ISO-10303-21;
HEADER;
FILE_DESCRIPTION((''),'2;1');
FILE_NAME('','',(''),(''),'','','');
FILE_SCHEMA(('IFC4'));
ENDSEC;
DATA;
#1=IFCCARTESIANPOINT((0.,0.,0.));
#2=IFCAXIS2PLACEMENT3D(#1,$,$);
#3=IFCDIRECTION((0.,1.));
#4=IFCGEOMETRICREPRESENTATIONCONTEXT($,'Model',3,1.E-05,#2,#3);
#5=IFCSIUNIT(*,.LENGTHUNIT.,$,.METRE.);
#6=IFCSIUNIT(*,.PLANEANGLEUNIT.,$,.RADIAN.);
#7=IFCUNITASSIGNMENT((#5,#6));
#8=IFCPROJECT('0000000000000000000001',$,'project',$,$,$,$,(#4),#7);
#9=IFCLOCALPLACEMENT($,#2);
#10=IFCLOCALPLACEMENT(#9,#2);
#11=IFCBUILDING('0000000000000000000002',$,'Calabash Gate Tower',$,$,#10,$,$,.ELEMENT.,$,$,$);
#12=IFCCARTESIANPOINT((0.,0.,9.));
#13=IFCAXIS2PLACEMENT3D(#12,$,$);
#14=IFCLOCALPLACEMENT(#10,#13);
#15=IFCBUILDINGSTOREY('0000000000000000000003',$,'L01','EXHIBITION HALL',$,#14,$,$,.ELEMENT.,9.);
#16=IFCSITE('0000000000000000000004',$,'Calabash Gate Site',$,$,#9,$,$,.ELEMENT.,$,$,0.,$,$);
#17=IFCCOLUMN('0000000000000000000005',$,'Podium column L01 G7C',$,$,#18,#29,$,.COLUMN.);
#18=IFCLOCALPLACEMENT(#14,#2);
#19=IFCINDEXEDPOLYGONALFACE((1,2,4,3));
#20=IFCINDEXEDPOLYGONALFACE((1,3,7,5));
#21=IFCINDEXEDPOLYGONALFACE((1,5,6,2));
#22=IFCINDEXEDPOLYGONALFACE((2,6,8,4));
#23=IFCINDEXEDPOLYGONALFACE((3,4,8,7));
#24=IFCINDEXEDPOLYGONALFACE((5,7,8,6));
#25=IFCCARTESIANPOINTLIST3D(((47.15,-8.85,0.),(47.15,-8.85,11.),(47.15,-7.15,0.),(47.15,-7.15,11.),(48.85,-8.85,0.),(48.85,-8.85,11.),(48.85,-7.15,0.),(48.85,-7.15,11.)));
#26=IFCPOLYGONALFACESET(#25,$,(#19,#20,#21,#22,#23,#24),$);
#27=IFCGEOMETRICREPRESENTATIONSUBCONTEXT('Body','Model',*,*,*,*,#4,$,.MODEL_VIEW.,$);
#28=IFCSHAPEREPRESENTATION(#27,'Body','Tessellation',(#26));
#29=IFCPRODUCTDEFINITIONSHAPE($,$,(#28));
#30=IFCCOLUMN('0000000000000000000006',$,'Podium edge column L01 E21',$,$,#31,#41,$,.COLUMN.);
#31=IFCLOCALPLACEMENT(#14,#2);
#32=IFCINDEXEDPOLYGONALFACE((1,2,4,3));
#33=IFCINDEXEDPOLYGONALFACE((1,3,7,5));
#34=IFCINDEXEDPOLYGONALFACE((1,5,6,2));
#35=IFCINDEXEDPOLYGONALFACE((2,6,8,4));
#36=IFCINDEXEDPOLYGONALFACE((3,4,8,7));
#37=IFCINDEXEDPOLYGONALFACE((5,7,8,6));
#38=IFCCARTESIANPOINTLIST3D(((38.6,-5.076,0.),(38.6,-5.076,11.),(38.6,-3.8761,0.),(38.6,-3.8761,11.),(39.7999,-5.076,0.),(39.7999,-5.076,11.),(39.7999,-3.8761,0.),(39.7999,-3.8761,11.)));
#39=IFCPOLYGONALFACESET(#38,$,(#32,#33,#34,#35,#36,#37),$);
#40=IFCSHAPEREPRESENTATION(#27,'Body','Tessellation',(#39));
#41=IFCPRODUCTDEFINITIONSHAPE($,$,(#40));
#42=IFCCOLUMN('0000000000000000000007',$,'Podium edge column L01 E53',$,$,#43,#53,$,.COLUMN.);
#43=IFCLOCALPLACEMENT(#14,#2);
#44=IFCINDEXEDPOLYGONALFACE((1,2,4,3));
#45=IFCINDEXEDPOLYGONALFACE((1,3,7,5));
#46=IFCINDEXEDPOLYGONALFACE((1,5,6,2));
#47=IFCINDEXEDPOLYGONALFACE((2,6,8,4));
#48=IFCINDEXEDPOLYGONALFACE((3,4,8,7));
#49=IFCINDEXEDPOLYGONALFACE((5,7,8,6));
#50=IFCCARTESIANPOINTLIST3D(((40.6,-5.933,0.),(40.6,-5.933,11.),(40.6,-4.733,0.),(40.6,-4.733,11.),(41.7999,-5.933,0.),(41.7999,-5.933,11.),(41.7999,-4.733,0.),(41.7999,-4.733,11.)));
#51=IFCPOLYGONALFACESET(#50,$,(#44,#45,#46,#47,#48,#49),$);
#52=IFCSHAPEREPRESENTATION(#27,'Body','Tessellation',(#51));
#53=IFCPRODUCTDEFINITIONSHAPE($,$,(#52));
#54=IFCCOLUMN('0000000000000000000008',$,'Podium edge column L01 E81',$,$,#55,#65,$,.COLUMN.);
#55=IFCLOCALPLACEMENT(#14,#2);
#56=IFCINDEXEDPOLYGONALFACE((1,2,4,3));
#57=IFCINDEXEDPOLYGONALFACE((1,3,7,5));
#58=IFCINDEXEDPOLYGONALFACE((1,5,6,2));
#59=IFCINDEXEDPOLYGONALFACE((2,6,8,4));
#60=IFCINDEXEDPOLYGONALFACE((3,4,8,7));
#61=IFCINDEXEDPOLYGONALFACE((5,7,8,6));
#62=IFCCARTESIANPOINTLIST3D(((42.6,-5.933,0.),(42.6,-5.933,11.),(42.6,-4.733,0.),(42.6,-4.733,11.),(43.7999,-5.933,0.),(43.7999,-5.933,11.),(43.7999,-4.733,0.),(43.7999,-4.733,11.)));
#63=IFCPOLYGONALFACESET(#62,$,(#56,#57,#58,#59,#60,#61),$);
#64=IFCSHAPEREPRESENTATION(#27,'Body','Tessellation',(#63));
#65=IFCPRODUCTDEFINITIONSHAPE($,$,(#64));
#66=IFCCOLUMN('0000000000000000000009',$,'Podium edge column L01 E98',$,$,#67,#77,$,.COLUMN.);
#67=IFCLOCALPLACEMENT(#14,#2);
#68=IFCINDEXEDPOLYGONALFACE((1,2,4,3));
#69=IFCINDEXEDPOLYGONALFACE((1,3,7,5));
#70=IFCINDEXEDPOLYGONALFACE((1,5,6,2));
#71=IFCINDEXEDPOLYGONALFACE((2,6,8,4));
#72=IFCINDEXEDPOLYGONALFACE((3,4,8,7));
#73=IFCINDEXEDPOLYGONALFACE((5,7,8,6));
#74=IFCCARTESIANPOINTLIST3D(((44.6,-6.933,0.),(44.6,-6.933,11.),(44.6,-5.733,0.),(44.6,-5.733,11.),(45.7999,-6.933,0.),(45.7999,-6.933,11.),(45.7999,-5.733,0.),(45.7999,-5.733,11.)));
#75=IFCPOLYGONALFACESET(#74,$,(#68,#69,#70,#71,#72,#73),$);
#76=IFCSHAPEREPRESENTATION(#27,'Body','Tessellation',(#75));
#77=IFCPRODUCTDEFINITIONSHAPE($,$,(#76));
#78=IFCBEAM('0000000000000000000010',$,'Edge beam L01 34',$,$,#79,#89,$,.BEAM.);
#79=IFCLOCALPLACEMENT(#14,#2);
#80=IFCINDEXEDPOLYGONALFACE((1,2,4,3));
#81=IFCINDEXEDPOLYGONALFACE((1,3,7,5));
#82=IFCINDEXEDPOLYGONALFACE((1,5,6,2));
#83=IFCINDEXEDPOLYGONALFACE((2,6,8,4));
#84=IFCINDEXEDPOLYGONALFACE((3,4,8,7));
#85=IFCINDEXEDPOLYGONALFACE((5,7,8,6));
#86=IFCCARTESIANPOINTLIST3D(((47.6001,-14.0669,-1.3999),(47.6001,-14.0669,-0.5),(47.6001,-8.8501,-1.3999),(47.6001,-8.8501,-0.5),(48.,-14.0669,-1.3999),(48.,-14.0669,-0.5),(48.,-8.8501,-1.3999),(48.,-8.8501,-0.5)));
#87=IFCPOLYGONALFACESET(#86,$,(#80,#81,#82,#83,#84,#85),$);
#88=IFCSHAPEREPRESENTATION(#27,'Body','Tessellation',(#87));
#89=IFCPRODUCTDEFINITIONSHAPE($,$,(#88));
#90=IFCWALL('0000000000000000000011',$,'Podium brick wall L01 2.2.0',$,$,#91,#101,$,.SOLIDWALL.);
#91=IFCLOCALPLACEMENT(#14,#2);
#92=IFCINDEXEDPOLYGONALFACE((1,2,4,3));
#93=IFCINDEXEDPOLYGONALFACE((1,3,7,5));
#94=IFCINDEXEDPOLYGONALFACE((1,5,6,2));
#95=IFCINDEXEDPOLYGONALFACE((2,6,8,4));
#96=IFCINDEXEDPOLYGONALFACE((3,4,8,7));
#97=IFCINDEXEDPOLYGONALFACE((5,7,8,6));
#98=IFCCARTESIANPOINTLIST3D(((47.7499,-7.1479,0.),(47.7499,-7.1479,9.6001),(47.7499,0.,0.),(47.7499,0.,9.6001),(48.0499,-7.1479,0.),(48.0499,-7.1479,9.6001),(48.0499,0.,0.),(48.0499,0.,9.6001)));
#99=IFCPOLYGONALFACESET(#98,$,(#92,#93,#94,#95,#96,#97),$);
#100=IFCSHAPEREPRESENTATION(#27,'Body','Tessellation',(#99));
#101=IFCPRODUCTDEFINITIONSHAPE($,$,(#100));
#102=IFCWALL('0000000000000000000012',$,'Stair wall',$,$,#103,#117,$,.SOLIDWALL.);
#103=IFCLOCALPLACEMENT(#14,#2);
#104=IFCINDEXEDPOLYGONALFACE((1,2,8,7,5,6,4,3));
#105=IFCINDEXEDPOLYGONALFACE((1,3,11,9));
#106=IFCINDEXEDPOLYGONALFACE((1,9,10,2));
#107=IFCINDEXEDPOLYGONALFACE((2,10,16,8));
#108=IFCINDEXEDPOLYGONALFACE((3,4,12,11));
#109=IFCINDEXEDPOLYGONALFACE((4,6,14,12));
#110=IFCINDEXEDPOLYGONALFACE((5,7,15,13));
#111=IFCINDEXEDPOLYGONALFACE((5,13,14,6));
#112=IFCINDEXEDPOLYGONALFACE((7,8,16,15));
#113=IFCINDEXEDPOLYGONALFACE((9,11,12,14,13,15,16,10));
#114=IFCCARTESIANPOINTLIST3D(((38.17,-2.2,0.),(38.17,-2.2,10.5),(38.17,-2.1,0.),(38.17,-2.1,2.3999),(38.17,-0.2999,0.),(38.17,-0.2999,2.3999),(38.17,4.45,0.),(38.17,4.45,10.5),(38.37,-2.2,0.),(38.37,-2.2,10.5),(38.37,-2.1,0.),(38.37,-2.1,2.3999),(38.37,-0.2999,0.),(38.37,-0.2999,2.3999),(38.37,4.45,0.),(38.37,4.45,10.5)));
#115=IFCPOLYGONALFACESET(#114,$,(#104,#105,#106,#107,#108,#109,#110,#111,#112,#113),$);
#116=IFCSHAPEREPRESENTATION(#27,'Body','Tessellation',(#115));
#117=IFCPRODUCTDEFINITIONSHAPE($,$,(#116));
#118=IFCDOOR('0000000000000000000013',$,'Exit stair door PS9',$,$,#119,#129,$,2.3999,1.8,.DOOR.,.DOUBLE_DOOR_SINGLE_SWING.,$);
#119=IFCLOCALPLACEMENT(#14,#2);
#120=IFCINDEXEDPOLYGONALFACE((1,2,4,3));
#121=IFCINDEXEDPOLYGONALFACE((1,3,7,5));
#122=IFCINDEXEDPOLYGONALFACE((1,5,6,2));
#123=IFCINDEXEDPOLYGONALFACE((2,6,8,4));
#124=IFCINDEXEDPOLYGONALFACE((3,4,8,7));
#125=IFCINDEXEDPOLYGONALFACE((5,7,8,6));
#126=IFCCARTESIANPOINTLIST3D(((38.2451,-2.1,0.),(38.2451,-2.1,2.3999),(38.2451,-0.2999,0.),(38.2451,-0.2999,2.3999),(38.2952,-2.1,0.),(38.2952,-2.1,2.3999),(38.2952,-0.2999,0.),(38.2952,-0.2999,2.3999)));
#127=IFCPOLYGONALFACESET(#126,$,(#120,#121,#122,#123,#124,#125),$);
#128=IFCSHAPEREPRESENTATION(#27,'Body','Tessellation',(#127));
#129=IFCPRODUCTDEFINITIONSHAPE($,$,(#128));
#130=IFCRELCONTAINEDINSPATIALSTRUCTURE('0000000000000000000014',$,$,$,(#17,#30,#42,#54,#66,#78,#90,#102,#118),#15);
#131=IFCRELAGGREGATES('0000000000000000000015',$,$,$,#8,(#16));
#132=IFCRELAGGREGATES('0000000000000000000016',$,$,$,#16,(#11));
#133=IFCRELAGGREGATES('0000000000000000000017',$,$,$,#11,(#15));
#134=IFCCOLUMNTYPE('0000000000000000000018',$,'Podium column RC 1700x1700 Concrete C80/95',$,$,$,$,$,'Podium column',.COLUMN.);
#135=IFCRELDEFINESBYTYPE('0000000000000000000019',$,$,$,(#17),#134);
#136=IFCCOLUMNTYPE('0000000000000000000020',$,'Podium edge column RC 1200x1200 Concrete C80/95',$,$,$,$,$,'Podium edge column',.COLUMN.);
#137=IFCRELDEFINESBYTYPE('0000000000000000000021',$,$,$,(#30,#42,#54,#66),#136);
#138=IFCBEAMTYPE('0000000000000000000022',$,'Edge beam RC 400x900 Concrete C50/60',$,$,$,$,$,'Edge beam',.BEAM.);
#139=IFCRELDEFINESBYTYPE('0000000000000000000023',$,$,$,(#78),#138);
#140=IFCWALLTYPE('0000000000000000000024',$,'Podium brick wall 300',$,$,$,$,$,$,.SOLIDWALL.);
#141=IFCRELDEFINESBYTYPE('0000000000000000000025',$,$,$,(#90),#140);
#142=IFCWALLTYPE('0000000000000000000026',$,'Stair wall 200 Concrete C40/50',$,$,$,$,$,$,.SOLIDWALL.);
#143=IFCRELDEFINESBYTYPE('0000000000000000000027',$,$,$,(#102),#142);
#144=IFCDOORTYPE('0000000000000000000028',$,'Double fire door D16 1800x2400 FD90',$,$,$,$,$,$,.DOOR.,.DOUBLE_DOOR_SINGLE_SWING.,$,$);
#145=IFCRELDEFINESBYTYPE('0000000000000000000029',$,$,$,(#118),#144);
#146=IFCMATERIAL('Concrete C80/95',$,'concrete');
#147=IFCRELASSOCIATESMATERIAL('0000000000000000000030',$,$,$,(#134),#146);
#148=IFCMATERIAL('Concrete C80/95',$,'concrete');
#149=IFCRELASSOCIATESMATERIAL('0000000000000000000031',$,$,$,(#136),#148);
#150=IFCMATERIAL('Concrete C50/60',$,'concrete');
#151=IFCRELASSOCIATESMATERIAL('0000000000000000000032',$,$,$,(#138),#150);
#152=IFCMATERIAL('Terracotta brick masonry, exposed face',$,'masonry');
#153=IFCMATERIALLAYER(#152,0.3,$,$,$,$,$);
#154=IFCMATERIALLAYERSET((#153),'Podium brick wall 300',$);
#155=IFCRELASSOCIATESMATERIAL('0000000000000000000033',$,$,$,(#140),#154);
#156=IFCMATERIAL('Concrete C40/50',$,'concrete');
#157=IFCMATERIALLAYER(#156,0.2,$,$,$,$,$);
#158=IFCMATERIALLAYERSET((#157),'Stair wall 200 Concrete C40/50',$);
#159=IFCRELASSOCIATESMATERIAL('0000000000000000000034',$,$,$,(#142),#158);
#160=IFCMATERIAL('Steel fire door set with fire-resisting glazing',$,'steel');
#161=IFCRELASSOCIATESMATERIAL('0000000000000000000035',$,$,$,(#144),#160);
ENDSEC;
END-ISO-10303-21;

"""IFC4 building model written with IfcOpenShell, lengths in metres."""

from ifc_helpers import new_model, si_unit, direction, frame, frame_2d, origin, origin_2d, place, context, subcontext, project, spatial, rectangle, extrude, material, layer, layer_set, material_profile, profile_set, type_object, element, fill, save


model = new_model("IFC4")

# Units and contexts
model_context = context("Model", 3, precision=1e-05, world=origin(), true_north=direction((0.0, 1.0)))
body_context = subcontext(model_context, "Body", "Model", "MODEL_VIEW")
ifc_project = project(units=[si_unit("LENGTHUNIT", "METRE"), si_unit("PLANEANGLEUNIT", "RADIAN")], contexts=[model_context])

# Site, building, storey
site_placement = place(None, origin())
site = spatial("IfcSite", under=ifc_project, at=site_placement, Name="Calabash Gate Site", CompositionType="ELEMENT", RefElevation=0.0)
building_placement = place(site_placement, origin())
building = spatial("IfcBuilding", under=site, at=building_placement, Name="Calabash Gate Tower", CompositionType="ELEMENT")
storey_placement = place(building_placement, frame((0.0, 0.0, 9.0)))
storey = spatial("IfcBuildingStorey", under=building, at=storey_placement, Name="L01", Description="EXHIBITION HALL", CompositionType="ELEMENT", Elevation=9.0)

# Columns
ifc_material_1 = material(Name="Concrete C80/95", Category="concrete")
ifc_material_profile_1 = material_profile(ifc_material_1, rectangle(XDim=1.7, YDim=1.7, at=origin_2d()))
ifc_profile_set_1 = profile_set([ifc_material_profile_1], Name="Concrete C80/95")
column_type_1 = type_object("IfcColumnType", Name="Podium column RC 1700x1700 Concrete C80/95", ElementType="Podium column", PredefinedType="COLUMN", material=ifc_profile_set_1)
column_placement = place(storey_placement, frame((48.0, -8.0, 0.0), z_axis=(0.0, 0.0, 1.0), x_axis=(1.0, 0.0, 0.0)))
element("IfcColumn", 1, at=column_placement, inside=storey, type_object=column_type_1, Name="Podium column L01 G7C", PredefinedType="COLUMN", context=body_context, shape_type="SweptSolid", body=[
    extrude(rectangle(XDim=1.7, YDim=1.7, at=origin_2d()), origin(), (0.0, 0.0, 1.0), 11.0),
])
ifc_material_2 = material(Name="Concrete C80/95", Category="concrete")
ifc_material_profile_2 = material_profile(ifc_material_2, rectangle(XDim=1.2, YDim=1.2, at=origin_2d()))
ifc_profile_set_2 = profile_set([ifc_material_profile_2], Name="Concrete C80/95")
column_type_2 = type_object("IfcColumnType", Name="Podium edge column RC 1200x1200 Concrete C80/95", ElementType="Podium edge column", PredefinedType="COLUMN", material=ifc_profile_set_2)
for number, where, z_axis, x_axis, name in (
    (2, (39.2, -4.4761, 0.0), (0.0, 0.0, 1.0), (1.0, 0.0, 0.0), "Podium edge column L01 E21"),
    (3, (41.2, -5.333, 0.0), (0.0, 0.0, 1.0), (1.0, 0.0, 0.0), "Podium edge column L01 E53"),
    (4, (43.2, -5.333, 0.0), (0.0, 0.0, 1.0), (1.0, 0.0, 0.0), "Podium edge column L01 E81"),
    (5, (45.2, -6.333, 0.0), (0.0, 0.0, 1.0), (1.0, 0.0, 0.0), "Podium edge column L01 E98"),
):
    element("IfcColumn", number, at=place(storey_placement, frame(where, z_axis=z_axis, x_axis=x_axis)), inside=storey, type_object=column_type_2, Name=name, PredefinedType="COLUMN", context=body_context, shape_type="SweptSolid", body=[
        extrude(rectangle(XDim=1.2, YDim=1.2, at=origin_2d()), origin(), (0.0, 0.0, 1.0), 11.0),
    ])

# Beam
ifc_material_3 = material(Name="Concrete C50/60", Category="concrete")
ifc_material_profile_3 = material_profile(ifc_material_3, rectangle(XDim=0.3999, YDim=0.8999, at=origin_2d()))
ifc_profile_set_3 = profile_set([ifc_material_profile_3], Name="Concrete C50/60")
beam_type = type_object("IfcBeamType", Name="Edge beam RC 400x900 Concrete C50/60", ElementType="Edge beam", PredefinedType="BEAM", material=ifc_profile_set_3)
beam_placement = place(storey_placement, frame((47.8, -8.8501, -0.95), z_axis=(0.0, -1.0, 0.0), x_axis=(1.0, 0.0, 0.0)))
element("IfcBeam", 6, at=beam_placement, inside=storey, type_object=beam_type, Name="Edge beam L01 34", PredefinedType="BEAM", context=body_context, shape_type="SweptSolid", body=[
    extrude(rectangle(XDim=0.3999, YDim=0.8999, at=origin_2d()), origin(), (0.0, 0.0, 1.0), 5.2168),
])

# Wall
ifc_material_4 = material(Name="Terracotta brick masonry, exposed face", Category="masonry")
ifc_layer_1 = layer(ifc_material_4, 0.3)
ifc_layer_set_1 = layer_set([ifc_layer_1], Name="Podium brick wall 300")
wall_type_1 = type_object("IfcWallType", Name="Podium brick wall 300", PredefinedType="SOLIDWALL", material=ifc_layer_set_1)
wall_1_placement = place(storey_placement, frame((47.8999, -7.1479, 0.0), z_axis=(0.0, 0.0, 1.0), x_axis=(0.0, 1.0, 0.0)))
element("IfcWall", 7, at=wall_1_placement, inside=storey, type_object=wall_type_1, Name="Podium brick wall L01 2.2.0", PredefinedType="SOLIDWALL", context=body_context, shape_type="SweptSolid", body=[
    extrude(rectangle(XDim=7.1479, YDim=0.3, at=frame_2d((3.574, 0.0))), origin(), (0.0, 0.0, 1.0), 9.6001),
])

# Wall, opening, door
ifc_material_5 = material(Name="Concrete C40/50", Category="concrete")
ifc_layer_2 = layer(ifc_material_5, 0.2)
ifc_layer_set_2 = layer_set([ifc_layer_2], Name="Stair wall 200 Concrete C40/50")
wall_type_2 = type_object("IfcWallType", Name="Stair wall 200 Concrete C40/50", PredefinedType="SOLIDWALL", material=ifc_layer_set_2)
wall_2_placement = place(storey_placement, frame((38.27, -2.2, 0.0), z_axis=(0.0, 0.0, 1.0), x_axis=(0.0, 1.0, 0.0)))
wall_2 = element("IfcWall", 8, at=wall_2_placement, inside=storey, type_object=wall_type_2, Name="Stair wall", PredefinedType="SOLIDWALL", context=body_context, shape_type="SweptSolid", body=[
    extrude(rectangle(XDim=6.6499, YDim=0.2, at=frame_2d((3.325, 0.0))), origin(), (0.0, 0.0, 1.0), 10.5),
])
opening_placement = place(wall_2_placement, frame((0.1001, 0.0, 0.0)))
opening = element("IfcOpeningElement", 9, at=opening_placement, cuts=wall_2, PredefinedType="OPENING", context=body_context, shape_type="SweptSolid", body=[
    extrude(rectangle(XDim=1.8, YDim=2.3999, at=frame_2d((0.8999, 1.2))), frame((0.0, 0.1099, 0.0), z_axis=(0.0, -1.0, 0.0), x_axis=(1.0, 0.0, 0.0)), (0.0, 0.0, 1.0), 0.22),
])
ifc_material_6 = material(Name="Steel fire door set with fire-resisting glazing", Category="steel")
door_type = type_object("IfcDoorType", Name="Double fire door D16 1800x2400 FD90", OperationType="DOUBLE_DOOR_SINGLE_SWING", PredefinedType="DOOR", material=ifc_material_6)
door_placement = place(opening_placement, origin())
door = element("IfcDoor", 10, at=door_placement, inside=storey, type_object=door_type, Name="Exit stair door PS9", OperationType="DOUBLE_DOOR_SINGLE_SWING", OverallHeight=2.3999, OverallWidth=1.8, PredefinedType="DOOR", context=body_context, shape_type="SweptSolid", body=[
    extrude(rectangle(XDim=1.8, YDim=2.3999, at=frame_2d((0.8999, 1.2))), frame((0.0, 0.0249, 0.0), z_axis=(0.0, -1.0, 0.0), x_axis=(1.0, 0.0, 0.0)), (0.0, 0.0, 1.0), 0.05),
])
fill(opening, door)

save(model, "model.ifc")
